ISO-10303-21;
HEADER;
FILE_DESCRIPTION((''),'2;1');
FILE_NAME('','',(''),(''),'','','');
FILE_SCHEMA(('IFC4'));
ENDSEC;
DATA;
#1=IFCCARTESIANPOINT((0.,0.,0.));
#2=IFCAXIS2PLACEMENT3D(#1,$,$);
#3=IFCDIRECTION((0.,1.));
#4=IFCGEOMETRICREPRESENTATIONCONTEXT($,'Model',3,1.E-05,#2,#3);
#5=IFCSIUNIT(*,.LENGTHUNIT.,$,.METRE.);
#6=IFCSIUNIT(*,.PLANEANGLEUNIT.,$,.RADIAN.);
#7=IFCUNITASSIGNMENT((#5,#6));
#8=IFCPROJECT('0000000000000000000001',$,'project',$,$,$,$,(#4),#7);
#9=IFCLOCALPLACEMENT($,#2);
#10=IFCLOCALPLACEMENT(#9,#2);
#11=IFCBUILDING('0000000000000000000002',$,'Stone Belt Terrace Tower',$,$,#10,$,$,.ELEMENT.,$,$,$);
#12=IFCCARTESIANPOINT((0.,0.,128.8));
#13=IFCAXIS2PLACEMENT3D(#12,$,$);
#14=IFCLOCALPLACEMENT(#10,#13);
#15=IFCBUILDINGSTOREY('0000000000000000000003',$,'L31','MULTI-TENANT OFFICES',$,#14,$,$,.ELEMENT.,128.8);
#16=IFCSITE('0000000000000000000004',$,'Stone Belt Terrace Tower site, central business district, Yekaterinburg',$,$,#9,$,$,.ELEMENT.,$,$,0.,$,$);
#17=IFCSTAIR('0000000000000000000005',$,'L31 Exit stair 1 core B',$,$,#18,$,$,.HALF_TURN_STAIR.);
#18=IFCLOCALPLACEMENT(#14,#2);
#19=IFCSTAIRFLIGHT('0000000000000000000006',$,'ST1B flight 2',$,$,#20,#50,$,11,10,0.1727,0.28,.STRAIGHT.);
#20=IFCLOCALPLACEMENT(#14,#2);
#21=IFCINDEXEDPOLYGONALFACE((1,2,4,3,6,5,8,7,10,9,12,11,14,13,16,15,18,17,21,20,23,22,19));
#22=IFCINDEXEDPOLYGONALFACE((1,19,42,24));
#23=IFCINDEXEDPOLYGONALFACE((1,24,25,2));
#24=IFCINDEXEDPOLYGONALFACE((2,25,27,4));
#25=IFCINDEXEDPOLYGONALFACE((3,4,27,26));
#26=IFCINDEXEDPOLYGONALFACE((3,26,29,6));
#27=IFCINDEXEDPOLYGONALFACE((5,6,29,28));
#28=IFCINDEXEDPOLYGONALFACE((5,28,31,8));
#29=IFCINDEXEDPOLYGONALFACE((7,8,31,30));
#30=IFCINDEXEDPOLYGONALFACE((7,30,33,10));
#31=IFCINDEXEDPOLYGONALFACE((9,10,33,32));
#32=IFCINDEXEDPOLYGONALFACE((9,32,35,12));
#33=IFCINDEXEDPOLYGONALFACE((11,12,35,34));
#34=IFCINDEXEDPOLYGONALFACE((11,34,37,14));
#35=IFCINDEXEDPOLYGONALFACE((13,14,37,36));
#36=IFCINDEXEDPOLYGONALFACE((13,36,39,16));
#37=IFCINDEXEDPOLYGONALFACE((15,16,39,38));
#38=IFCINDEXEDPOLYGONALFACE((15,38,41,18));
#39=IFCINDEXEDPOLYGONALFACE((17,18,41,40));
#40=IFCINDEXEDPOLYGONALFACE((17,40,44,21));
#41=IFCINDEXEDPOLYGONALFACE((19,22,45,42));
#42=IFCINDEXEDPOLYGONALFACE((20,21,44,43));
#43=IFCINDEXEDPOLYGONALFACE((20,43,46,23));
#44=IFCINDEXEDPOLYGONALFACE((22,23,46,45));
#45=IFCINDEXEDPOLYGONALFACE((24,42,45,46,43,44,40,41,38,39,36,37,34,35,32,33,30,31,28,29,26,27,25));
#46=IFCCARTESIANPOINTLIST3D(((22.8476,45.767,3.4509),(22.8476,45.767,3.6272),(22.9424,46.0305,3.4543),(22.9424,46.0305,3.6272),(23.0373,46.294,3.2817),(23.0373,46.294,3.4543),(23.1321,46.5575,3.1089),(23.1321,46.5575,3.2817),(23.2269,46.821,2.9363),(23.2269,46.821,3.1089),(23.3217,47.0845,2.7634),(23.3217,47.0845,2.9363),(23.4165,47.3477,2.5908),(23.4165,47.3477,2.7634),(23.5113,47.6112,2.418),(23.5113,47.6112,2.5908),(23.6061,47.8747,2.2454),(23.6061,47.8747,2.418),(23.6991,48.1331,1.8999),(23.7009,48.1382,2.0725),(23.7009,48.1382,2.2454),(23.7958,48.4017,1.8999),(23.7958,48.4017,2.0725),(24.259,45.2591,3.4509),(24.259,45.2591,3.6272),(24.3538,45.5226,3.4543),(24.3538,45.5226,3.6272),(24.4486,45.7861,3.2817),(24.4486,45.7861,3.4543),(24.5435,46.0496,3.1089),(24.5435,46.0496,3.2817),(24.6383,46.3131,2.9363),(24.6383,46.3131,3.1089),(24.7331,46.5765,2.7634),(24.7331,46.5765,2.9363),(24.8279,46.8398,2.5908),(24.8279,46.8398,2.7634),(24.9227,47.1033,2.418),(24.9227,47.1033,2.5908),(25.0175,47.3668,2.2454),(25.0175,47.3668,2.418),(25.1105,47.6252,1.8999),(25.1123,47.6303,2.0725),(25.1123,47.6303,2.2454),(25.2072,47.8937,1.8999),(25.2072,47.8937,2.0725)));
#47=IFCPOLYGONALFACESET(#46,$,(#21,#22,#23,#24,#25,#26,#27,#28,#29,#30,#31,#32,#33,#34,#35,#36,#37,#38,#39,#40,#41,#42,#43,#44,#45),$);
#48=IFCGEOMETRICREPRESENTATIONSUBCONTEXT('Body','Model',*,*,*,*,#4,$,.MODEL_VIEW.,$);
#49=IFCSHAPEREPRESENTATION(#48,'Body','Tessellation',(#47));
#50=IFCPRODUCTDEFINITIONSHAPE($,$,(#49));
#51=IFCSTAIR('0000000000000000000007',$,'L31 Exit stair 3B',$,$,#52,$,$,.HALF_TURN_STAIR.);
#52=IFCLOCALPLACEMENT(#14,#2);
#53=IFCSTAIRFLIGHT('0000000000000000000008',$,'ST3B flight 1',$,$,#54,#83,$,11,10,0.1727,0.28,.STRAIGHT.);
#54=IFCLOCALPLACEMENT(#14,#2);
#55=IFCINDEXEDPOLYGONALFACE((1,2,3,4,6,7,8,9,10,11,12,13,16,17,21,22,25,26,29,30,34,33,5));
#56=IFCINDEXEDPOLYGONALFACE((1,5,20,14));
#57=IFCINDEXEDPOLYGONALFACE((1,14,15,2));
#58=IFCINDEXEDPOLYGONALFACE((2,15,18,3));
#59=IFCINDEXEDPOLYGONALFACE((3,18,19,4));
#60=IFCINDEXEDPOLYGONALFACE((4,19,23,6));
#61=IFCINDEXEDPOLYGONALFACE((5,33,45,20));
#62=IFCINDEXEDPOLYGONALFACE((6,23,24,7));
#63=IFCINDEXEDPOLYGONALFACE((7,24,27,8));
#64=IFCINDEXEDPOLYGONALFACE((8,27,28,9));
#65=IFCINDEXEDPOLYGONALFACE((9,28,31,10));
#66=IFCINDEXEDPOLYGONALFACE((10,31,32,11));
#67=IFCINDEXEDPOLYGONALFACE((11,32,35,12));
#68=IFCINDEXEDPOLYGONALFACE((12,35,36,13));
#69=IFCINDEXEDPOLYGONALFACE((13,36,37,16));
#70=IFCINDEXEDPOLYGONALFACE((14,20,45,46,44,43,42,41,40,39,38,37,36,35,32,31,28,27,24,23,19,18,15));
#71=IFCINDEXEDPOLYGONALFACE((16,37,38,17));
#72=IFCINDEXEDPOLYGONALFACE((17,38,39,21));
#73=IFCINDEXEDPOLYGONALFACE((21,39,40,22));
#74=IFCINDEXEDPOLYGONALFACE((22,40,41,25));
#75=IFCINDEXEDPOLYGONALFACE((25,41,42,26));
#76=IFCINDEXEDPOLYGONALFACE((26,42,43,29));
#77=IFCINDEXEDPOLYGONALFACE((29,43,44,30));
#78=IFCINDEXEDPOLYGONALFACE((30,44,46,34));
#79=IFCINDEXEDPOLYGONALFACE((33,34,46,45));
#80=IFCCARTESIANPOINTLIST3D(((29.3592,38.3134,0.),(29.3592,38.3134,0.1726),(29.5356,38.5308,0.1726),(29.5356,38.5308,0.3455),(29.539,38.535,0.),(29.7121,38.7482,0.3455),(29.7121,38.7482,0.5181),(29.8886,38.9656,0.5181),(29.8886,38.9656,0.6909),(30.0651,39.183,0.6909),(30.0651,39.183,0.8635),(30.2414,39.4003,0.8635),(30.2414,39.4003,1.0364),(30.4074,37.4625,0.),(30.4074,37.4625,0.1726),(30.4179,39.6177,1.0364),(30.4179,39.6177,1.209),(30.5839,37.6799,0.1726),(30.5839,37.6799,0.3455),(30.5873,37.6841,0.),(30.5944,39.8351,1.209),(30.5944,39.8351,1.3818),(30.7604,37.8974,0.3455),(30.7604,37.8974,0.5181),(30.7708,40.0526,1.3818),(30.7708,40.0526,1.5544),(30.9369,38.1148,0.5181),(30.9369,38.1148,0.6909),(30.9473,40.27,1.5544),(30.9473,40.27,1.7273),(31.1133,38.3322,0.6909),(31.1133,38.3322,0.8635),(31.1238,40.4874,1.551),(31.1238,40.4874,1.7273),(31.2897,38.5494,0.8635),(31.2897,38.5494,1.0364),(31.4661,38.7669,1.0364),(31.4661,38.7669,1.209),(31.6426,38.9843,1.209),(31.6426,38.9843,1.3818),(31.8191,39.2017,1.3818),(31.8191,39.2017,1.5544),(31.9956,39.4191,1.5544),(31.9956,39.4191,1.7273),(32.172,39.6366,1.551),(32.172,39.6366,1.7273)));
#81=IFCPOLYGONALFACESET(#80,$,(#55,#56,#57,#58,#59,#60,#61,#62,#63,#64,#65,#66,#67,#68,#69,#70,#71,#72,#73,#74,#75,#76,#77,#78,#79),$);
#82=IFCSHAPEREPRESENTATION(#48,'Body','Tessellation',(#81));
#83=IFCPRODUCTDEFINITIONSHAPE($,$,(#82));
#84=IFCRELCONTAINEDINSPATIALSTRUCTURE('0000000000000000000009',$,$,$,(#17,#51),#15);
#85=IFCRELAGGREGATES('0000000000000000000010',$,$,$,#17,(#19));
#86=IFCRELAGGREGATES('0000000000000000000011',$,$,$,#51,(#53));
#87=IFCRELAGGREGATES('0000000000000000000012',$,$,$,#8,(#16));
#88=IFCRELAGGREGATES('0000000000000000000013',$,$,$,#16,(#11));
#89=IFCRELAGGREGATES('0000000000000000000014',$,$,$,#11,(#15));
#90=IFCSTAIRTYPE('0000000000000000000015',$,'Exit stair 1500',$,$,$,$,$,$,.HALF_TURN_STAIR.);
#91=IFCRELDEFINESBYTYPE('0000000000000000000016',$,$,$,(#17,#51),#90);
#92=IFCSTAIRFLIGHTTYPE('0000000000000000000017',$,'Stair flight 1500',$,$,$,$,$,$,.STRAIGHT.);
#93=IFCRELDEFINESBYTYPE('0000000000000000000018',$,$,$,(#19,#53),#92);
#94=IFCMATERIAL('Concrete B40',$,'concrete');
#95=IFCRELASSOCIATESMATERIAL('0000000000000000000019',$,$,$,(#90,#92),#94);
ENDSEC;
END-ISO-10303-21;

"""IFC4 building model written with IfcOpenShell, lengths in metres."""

from ifc_helpers import new_model, si_unit, direction, frame, origin, place, context, subcontext, project, spatial, polyline, outline, extrude, material, type_object, element, aggregate, save


model = new_model("IFC4")

# Units and contexts
model_context = context("Model", 3, precision=1e-05, world=origin(), true_north=direction((0.0, 1.0)))
body_context = subcontext(model_context, "Body", "Model", "MODEL_VIEW")
ifc_project = project(units=[si_unit("LENGTHUNIT", "METRE"), si_unit("PLANEANGLEUNIT", "RADIAN")], contexts=[model_context])

# Site, building, storey
site_placement = place(None, origin())
site = spatial("IfcSite", under=ifc_project, at=site_placement, Name="Stone Belt Terrace Tower site, central business district, Yekaterinburg", CompositionType="ELEMENT", RefElevation=0.0)
building_placement = place(site_placement, origin())
building = spatial("IfcBuilding", under=site, at=building_placement, Name="Stone Belt Terrace Tower", CompositionType="ELEMENT")
storey_placement = place(building_placement, frame((0.0, 0.0, 128.8)))
storey = spatial("IfcBuildingStorey", under=building, at=storey_placement, Name="L31", Description="MULTI-TENANT OFFICES", CompositionType="ELEMENT", Elevation=128.8)

# Stair, stair flight
ifc_material_1 = material(Name="Concrete B40", Category="concrete")
stair_type = type_object("IfcStairType", Name="Exit stair 1500", PredefinedType="HALF_TURN_STAIR", material=ifc_material_1)
stair_1_placement = place(storey_placement, origin())
stair_1 = element("IfcStair", 1, at=stair_1_placement, inside=storey, type_object=stair_type, Name="L31 Exit stair 1 core B", PredefinedType="HALF_TURN_STAIR")
stair_flight_type = type_object("IfcStairFlightType", Name="Stair flight 1500", PredefinedType="STRAIGHT", material=ifc_material_1)
stair_flight_1_placement = place(storey_placement, frame((24.5015, 48.1477, 1.8999), z_axis=(0.0, 0.0, 1.0), x_axis=(-0.338624, -0.940922, 0.0)))
stair_flight_1 = element("IfcStairFlight", 2, at=stair_flight_1_placement, type_object=stair_flight_type, Name="ST1B flight 2", NumberOfRisers=11, NumberOfTreads=10, PredefinedType="STRAIGHT", RiserHeight=0.1727, TreadLength=0.28, context=body_context, shape_type="SweptSolid", body=[
    extrude(outline(polyline([(0.0, 0.0), (0.0, 0.1726), (0.28, 0.1726), (0.28, 0.3455), (0.5601, 0.3455), (0.5601, 0.5181), (0.8401, 0.5181), (0.8401, 0.6909), (1.1201, 0.6909), (1.1201, 0.8635), (1.3999, 0.8635), (1.3999, 1.0364), (1.6799, 1.0364), (1.6799, 1.209), (1.96, 1.209), (1.96, 1.3818), (2.24, 1.3818), (2.24, 1.5544), (2.52, 1.5544), (2.52, 1.7273), (2.8, 1.7273), (2.8, 1.8999), (2.8, 1.551), (0.2854, 0.0), (0.0, 0.0)])), frame((0.0, 0.75, 0.0), z_axis=(0.0, -1.0, 0.0), x_axis=(1.0, 0.0, 0.0)), (0.0, 0.0, 1.0), 1.5),
])
aggregate(stair_1, [stair_flight_1])

# Stair, stair flight
stair_2_placement = place(storey_placement, origin())
stair_2 = element("IfcStair", 3, at=stair_2_placement, inside=storey, type_object=stair_type, Name="L31 Exit stair 3B", PredefinedType="HALF_TURN_STAIR")
stair_flight_2_placement = place(storey_placement, frame((29.8833, 37.8879, 0.0), z_axis=(0.0, 0.0, 1.0), x_axis=(0.630206, 0.776428, 0.0)))
stair_flight_2 = element("IfcStairFlight", 4, at=stair_flight_2_placement, type_object=stair_flight_type, Name="ST3B flight 1", NumberOfRisers=11, NumberOfTreads=10, PredefinedType="STRAIGHT", RiserHeight=0.1727, TreadLength=0.28, context=body_context, shape_type="SweptSolid", body=[
    extrude(outline(polyline([(0.0, 0.0), (0.0, 0.1726), (0.28, 0.1726), (0.28, 0.3455), (0.5601, 0.3455), (0.5601, 0.5181), (0.8401, 0.5181), (0.8401, 0.6909), (1.1201, 0.6909), (1.1201, 0.8635), (1.3999, 0.8635), (1.3999, 1.0364), (1.6799, 1.0364), (1.6799, 1.209), (1.96, 1.209), (1.96, 1.3818), (2.24, 1.3818), (2.24, 1.5544), (2.52, 1.5544), (2.52, 1.7273), (2.8, 1.7273), (2.8, 1.8999), (2.8, 1.551), (0.2854, 0.0), (0.0, 0.0)])), frame((0.0, 0.675, 0.0), z_axis=(0.0, -1.0, 0.0), x_axis=(1.0, 0.0, 0.0)), (0.0, 0.0, 1.0), 1.3501),
])
aggregate(stair_2, [stair_flight_2])

save(model, "model.ifc")
